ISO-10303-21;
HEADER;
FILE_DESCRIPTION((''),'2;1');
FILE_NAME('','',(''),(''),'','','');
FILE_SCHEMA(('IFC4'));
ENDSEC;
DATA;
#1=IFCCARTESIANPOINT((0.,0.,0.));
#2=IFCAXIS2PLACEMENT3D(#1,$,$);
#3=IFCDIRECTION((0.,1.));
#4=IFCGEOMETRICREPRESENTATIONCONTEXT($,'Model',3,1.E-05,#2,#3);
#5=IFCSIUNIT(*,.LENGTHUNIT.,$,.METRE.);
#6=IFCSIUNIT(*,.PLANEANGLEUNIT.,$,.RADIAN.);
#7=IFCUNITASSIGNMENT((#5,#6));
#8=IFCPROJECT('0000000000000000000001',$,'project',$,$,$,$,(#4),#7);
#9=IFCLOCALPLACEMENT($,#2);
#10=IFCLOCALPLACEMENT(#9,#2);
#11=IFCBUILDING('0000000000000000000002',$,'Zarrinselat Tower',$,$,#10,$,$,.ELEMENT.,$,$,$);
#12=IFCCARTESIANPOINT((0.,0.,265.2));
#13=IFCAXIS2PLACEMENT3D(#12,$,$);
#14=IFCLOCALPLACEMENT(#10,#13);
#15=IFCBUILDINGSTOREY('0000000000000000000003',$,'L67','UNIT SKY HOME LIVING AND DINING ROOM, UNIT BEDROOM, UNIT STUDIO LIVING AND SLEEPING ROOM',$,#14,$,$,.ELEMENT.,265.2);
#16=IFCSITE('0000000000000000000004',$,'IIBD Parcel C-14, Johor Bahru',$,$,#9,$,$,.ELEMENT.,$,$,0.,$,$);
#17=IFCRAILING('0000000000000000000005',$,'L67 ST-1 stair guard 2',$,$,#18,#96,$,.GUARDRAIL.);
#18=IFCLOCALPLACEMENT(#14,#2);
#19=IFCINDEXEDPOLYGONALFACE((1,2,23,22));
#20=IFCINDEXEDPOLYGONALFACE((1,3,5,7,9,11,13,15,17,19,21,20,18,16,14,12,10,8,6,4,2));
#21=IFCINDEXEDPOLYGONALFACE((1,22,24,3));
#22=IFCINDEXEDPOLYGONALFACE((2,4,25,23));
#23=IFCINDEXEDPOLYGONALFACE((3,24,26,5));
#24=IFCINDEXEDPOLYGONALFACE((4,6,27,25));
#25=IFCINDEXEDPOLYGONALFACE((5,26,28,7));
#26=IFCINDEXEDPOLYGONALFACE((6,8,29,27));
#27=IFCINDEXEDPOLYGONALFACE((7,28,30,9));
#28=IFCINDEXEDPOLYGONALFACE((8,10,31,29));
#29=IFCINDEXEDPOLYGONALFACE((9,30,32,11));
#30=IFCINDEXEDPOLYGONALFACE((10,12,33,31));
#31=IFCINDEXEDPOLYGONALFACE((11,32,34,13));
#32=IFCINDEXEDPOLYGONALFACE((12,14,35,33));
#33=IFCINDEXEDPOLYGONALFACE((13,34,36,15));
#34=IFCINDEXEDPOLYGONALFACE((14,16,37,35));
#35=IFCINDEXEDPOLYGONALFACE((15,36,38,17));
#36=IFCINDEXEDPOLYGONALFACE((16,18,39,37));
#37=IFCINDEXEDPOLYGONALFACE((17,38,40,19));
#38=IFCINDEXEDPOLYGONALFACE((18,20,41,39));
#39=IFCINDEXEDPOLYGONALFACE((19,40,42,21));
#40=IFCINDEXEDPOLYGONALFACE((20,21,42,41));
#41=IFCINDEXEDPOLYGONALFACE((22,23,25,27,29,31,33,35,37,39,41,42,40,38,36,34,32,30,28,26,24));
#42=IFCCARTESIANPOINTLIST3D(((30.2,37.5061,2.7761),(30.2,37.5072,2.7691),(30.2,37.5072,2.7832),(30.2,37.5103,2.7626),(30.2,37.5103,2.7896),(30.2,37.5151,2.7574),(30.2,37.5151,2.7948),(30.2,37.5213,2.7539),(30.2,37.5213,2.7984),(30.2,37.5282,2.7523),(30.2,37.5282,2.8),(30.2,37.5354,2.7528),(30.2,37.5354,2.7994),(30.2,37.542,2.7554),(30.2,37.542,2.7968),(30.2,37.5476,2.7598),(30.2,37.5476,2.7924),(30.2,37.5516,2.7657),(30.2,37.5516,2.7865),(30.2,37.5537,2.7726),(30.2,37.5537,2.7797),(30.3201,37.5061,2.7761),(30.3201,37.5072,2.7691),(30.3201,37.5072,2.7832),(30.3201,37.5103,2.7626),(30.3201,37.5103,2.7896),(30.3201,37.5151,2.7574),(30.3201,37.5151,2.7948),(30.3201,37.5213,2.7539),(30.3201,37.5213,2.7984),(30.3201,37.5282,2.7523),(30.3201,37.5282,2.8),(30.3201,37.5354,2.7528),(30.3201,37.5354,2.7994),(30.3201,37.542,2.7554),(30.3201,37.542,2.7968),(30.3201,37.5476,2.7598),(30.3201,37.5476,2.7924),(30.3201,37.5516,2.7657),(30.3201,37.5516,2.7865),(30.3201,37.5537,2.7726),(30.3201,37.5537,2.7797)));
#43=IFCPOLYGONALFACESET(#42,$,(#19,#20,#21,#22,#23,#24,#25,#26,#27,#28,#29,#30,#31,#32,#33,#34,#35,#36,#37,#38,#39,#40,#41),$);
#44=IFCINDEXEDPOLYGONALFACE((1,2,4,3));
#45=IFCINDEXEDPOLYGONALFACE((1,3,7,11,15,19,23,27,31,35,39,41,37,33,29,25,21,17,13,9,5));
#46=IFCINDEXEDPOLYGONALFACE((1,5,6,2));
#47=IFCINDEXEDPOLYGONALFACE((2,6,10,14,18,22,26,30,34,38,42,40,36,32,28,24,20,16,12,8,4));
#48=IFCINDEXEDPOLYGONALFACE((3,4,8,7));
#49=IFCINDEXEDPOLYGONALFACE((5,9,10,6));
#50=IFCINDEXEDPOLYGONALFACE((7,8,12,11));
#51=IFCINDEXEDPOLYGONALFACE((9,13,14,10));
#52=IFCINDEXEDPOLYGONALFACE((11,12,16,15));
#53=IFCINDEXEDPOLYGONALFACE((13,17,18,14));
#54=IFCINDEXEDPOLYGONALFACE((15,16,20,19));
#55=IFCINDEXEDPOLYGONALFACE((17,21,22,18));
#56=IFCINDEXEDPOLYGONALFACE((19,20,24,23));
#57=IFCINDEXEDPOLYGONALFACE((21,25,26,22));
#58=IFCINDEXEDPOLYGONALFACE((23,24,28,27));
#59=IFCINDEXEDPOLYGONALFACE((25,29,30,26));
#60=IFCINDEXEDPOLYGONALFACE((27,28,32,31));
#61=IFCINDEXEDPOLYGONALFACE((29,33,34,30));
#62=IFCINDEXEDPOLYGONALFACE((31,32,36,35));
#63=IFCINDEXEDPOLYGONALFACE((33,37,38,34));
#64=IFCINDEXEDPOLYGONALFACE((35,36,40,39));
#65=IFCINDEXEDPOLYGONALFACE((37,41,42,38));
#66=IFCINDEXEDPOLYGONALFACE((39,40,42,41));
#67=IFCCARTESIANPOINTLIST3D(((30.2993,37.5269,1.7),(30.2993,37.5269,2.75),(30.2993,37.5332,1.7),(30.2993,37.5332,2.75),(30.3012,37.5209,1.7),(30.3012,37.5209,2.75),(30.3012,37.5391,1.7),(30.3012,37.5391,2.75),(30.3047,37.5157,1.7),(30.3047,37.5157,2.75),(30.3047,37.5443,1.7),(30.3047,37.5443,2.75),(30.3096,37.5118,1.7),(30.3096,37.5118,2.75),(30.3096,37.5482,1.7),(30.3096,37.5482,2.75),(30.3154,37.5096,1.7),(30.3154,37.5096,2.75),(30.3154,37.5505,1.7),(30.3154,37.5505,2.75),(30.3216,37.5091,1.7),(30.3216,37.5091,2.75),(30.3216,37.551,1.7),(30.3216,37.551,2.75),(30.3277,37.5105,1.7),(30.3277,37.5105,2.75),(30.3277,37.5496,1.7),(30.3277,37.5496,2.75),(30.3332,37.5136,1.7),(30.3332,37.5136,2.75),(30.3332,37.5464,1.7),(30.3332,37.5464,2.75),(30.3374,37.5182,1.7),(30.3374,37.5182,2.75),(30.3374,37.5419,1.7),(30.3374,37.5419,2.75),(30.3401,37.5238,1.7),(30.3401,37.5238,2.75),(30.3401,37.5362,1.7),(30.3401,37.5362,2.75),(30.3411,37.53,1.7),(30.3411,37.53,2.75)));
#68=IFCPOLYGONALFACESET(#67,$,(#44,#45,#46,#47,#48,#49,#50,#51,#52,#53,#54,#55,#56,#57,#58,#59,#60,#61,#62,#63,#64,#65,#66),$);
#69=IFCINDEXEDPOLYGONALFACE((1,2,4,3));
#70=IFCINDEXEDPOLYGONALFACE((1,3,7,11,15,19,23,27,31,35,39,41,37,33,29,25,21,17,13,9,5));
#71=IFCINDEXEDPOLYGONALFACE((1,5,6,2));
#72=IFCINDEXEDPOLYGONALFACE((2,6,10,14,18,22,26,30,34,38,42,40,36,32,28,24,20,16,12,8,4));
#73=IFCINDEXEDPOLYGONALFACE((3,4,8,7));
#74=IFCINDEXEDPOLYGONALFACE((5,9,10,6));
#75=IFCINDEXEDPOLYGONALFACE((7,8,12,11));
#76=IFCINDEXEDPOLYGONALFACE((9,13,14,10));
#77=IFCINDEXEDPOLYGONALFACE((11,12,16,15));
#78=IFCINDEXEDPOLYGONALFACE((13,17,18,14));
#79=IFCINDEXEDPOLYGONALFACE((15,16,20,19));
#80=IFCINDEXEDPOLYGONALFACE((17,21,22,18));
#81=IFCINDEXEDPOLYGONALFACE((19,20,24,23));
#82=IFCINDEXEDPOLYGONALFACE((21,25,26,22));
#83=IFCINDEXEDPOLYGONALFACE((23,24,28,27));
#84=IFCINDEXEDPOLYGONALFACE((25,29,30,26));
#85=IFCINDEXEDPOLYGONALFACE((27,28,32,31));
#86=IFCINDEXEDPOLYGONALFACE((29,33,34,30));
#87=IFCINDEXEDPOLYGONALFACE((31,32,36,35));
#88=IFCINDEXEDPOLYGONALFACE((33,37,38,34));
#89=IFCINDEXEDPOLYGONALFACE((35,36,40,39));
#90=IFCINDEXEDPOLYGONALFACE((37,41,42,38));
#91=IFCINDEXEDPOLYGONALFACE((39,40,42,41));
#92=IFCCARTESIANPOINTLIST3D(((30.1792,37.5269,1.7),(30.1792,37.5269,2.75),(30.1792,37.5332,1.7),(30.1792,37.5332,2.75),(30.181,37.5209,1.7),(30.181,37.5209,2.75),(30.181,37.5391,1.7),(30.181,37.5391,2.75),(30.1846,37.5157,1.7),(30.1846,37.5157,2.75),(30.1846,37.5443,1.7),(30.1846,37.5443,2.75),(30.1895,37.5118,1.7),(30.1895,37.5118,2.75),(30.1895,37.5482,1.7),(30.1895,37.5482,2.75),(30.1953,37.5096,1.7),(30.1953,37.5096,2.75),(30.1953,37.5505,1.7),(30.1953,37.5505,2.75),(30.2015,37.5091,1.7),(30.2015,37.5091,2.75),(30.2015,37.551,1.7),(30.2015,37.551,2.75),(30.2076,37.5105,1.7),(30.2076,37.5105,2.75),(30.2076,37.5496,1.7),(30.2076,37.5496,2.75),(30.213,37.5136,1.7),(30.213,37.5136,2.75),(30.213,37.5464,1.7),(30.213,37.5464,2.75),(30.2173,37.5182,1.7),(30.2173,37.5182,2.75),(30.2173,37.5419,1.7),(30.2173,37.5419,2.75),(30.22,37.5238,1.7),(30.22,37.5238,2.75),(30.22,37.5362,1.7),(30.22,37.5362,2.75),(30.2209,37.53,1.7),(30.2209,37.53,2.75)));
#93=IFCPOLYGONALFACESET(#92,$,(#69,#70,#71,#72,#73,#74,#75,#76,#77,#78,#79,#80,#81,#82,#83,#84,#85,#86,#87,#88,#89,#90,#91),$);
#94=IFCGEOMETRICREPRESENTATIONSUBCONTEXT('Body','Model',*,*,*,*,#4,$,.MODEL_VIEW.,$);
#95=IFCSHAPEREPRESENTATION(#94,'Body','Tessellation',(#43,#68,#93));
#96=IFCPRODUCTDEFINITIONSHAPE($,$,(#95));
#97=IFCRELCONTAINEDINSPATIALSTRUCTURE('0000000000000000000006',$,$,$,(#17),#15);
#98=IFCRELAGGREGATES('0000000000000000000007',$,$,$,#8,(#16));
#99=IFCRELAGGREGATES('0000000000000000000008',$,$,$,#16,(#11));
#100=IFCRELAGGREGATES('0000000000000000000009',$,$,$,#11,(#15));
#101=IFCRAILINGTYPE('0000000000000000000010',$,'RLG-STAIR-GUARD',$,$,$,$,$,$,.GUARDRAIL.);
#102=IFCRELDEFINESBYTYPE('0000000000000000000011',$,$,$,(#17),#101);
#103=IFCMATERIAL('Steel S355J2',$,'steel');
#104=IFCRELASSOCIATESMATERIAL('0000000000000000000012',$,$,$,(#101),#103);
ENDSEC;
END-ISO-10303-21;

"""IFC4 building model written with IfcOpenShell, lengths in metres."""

from ifc_helpers import new_model, si_unit, direction, frame, origin, origin_2d, place, context, subcontext, project, spatial, circle, extrude, material, type_object, element, save


model = new_model("IFC4")

# Units and contexts
model_context = context("Model", 3, precision=1e-05, world=origin(), true_north=direction((0.0, 1.0)))
body_context = subcontext(model_context, "Body", "Model", "MODEL_VIEW")
ifc_project = project(units=[si_unit("LENGTHUNIT", "METRE"), si_unit("PLANEANGLEUNIT", "RADIAN")], contexts=[model_context])

# Site, building, storey
site_placement = place(None, origin())
site = spatial("IfcSite", under=ifc_project, at=site_placement, Name="IIBD Parcel C-14, Johor Bahru", CompositionType="ELEMENT", RefElevation=0.0)
building_placement = place(site_placement, origin())
building = spatial("IfcBuilding", under=site, at=building_placement, Name="Zarrinselat Tower", CompositionType="ELEMENT")
storey_placement = place(building_placement, frame((0.0, 0.0, 265.2)))
storey = spatial("IfcBuildingStorey", under=building, at=storey_placement, Name="L67", Description="UNIT SKY HOME LIVING AND DINING ROOM, UNIT BEDROOM, UNIT STUDIO LIVING AND SLEEPING ROOM", CompositionType="ELEMENT", Elevation=265.2)

# Railing
ifc_material_1 = material(Name="Steel S355J2", Category="steel")
railing_type_1 = type_object("IfcRailingType", Name="RLG-STAIR-GUARD", PredefinedType="GUARDRAIL", material=ifc_material_1)
railing_1_placement = place(storey_placement, frame((30.3201, 37.53, 1.7)))
element("IfcRailing", 1, at=railing_1_placement, inside=storey, type_object=railing_type_1, Name="L67 ST-1 stair guard 2", PredefinedType="GUARDRAIL", context=body_context, shape_type="SweptSolid", body=[
    extrude(circle(Radius=0.0239, at=origin_2d()), frame((0.0, 0.0, 1.0762), z_axis=(-1.0, 0.0, 0.0), x_axis=(0.0, -1.0, 0.0)), (0.0, 0.0, 1.0), 0.1201),
    extrude(circle(Radius=0.021, at=origin_2d()), origin(), (0.0, 0.0, 1.0), 1.05),
    extrude(circle(Radius=0.021, at=origin_2d()), frame((-0.1201, 0.0, 0.0)), (0.0, 0.0, 1.0), 1.05),
])

save(model, "model.ifc")
